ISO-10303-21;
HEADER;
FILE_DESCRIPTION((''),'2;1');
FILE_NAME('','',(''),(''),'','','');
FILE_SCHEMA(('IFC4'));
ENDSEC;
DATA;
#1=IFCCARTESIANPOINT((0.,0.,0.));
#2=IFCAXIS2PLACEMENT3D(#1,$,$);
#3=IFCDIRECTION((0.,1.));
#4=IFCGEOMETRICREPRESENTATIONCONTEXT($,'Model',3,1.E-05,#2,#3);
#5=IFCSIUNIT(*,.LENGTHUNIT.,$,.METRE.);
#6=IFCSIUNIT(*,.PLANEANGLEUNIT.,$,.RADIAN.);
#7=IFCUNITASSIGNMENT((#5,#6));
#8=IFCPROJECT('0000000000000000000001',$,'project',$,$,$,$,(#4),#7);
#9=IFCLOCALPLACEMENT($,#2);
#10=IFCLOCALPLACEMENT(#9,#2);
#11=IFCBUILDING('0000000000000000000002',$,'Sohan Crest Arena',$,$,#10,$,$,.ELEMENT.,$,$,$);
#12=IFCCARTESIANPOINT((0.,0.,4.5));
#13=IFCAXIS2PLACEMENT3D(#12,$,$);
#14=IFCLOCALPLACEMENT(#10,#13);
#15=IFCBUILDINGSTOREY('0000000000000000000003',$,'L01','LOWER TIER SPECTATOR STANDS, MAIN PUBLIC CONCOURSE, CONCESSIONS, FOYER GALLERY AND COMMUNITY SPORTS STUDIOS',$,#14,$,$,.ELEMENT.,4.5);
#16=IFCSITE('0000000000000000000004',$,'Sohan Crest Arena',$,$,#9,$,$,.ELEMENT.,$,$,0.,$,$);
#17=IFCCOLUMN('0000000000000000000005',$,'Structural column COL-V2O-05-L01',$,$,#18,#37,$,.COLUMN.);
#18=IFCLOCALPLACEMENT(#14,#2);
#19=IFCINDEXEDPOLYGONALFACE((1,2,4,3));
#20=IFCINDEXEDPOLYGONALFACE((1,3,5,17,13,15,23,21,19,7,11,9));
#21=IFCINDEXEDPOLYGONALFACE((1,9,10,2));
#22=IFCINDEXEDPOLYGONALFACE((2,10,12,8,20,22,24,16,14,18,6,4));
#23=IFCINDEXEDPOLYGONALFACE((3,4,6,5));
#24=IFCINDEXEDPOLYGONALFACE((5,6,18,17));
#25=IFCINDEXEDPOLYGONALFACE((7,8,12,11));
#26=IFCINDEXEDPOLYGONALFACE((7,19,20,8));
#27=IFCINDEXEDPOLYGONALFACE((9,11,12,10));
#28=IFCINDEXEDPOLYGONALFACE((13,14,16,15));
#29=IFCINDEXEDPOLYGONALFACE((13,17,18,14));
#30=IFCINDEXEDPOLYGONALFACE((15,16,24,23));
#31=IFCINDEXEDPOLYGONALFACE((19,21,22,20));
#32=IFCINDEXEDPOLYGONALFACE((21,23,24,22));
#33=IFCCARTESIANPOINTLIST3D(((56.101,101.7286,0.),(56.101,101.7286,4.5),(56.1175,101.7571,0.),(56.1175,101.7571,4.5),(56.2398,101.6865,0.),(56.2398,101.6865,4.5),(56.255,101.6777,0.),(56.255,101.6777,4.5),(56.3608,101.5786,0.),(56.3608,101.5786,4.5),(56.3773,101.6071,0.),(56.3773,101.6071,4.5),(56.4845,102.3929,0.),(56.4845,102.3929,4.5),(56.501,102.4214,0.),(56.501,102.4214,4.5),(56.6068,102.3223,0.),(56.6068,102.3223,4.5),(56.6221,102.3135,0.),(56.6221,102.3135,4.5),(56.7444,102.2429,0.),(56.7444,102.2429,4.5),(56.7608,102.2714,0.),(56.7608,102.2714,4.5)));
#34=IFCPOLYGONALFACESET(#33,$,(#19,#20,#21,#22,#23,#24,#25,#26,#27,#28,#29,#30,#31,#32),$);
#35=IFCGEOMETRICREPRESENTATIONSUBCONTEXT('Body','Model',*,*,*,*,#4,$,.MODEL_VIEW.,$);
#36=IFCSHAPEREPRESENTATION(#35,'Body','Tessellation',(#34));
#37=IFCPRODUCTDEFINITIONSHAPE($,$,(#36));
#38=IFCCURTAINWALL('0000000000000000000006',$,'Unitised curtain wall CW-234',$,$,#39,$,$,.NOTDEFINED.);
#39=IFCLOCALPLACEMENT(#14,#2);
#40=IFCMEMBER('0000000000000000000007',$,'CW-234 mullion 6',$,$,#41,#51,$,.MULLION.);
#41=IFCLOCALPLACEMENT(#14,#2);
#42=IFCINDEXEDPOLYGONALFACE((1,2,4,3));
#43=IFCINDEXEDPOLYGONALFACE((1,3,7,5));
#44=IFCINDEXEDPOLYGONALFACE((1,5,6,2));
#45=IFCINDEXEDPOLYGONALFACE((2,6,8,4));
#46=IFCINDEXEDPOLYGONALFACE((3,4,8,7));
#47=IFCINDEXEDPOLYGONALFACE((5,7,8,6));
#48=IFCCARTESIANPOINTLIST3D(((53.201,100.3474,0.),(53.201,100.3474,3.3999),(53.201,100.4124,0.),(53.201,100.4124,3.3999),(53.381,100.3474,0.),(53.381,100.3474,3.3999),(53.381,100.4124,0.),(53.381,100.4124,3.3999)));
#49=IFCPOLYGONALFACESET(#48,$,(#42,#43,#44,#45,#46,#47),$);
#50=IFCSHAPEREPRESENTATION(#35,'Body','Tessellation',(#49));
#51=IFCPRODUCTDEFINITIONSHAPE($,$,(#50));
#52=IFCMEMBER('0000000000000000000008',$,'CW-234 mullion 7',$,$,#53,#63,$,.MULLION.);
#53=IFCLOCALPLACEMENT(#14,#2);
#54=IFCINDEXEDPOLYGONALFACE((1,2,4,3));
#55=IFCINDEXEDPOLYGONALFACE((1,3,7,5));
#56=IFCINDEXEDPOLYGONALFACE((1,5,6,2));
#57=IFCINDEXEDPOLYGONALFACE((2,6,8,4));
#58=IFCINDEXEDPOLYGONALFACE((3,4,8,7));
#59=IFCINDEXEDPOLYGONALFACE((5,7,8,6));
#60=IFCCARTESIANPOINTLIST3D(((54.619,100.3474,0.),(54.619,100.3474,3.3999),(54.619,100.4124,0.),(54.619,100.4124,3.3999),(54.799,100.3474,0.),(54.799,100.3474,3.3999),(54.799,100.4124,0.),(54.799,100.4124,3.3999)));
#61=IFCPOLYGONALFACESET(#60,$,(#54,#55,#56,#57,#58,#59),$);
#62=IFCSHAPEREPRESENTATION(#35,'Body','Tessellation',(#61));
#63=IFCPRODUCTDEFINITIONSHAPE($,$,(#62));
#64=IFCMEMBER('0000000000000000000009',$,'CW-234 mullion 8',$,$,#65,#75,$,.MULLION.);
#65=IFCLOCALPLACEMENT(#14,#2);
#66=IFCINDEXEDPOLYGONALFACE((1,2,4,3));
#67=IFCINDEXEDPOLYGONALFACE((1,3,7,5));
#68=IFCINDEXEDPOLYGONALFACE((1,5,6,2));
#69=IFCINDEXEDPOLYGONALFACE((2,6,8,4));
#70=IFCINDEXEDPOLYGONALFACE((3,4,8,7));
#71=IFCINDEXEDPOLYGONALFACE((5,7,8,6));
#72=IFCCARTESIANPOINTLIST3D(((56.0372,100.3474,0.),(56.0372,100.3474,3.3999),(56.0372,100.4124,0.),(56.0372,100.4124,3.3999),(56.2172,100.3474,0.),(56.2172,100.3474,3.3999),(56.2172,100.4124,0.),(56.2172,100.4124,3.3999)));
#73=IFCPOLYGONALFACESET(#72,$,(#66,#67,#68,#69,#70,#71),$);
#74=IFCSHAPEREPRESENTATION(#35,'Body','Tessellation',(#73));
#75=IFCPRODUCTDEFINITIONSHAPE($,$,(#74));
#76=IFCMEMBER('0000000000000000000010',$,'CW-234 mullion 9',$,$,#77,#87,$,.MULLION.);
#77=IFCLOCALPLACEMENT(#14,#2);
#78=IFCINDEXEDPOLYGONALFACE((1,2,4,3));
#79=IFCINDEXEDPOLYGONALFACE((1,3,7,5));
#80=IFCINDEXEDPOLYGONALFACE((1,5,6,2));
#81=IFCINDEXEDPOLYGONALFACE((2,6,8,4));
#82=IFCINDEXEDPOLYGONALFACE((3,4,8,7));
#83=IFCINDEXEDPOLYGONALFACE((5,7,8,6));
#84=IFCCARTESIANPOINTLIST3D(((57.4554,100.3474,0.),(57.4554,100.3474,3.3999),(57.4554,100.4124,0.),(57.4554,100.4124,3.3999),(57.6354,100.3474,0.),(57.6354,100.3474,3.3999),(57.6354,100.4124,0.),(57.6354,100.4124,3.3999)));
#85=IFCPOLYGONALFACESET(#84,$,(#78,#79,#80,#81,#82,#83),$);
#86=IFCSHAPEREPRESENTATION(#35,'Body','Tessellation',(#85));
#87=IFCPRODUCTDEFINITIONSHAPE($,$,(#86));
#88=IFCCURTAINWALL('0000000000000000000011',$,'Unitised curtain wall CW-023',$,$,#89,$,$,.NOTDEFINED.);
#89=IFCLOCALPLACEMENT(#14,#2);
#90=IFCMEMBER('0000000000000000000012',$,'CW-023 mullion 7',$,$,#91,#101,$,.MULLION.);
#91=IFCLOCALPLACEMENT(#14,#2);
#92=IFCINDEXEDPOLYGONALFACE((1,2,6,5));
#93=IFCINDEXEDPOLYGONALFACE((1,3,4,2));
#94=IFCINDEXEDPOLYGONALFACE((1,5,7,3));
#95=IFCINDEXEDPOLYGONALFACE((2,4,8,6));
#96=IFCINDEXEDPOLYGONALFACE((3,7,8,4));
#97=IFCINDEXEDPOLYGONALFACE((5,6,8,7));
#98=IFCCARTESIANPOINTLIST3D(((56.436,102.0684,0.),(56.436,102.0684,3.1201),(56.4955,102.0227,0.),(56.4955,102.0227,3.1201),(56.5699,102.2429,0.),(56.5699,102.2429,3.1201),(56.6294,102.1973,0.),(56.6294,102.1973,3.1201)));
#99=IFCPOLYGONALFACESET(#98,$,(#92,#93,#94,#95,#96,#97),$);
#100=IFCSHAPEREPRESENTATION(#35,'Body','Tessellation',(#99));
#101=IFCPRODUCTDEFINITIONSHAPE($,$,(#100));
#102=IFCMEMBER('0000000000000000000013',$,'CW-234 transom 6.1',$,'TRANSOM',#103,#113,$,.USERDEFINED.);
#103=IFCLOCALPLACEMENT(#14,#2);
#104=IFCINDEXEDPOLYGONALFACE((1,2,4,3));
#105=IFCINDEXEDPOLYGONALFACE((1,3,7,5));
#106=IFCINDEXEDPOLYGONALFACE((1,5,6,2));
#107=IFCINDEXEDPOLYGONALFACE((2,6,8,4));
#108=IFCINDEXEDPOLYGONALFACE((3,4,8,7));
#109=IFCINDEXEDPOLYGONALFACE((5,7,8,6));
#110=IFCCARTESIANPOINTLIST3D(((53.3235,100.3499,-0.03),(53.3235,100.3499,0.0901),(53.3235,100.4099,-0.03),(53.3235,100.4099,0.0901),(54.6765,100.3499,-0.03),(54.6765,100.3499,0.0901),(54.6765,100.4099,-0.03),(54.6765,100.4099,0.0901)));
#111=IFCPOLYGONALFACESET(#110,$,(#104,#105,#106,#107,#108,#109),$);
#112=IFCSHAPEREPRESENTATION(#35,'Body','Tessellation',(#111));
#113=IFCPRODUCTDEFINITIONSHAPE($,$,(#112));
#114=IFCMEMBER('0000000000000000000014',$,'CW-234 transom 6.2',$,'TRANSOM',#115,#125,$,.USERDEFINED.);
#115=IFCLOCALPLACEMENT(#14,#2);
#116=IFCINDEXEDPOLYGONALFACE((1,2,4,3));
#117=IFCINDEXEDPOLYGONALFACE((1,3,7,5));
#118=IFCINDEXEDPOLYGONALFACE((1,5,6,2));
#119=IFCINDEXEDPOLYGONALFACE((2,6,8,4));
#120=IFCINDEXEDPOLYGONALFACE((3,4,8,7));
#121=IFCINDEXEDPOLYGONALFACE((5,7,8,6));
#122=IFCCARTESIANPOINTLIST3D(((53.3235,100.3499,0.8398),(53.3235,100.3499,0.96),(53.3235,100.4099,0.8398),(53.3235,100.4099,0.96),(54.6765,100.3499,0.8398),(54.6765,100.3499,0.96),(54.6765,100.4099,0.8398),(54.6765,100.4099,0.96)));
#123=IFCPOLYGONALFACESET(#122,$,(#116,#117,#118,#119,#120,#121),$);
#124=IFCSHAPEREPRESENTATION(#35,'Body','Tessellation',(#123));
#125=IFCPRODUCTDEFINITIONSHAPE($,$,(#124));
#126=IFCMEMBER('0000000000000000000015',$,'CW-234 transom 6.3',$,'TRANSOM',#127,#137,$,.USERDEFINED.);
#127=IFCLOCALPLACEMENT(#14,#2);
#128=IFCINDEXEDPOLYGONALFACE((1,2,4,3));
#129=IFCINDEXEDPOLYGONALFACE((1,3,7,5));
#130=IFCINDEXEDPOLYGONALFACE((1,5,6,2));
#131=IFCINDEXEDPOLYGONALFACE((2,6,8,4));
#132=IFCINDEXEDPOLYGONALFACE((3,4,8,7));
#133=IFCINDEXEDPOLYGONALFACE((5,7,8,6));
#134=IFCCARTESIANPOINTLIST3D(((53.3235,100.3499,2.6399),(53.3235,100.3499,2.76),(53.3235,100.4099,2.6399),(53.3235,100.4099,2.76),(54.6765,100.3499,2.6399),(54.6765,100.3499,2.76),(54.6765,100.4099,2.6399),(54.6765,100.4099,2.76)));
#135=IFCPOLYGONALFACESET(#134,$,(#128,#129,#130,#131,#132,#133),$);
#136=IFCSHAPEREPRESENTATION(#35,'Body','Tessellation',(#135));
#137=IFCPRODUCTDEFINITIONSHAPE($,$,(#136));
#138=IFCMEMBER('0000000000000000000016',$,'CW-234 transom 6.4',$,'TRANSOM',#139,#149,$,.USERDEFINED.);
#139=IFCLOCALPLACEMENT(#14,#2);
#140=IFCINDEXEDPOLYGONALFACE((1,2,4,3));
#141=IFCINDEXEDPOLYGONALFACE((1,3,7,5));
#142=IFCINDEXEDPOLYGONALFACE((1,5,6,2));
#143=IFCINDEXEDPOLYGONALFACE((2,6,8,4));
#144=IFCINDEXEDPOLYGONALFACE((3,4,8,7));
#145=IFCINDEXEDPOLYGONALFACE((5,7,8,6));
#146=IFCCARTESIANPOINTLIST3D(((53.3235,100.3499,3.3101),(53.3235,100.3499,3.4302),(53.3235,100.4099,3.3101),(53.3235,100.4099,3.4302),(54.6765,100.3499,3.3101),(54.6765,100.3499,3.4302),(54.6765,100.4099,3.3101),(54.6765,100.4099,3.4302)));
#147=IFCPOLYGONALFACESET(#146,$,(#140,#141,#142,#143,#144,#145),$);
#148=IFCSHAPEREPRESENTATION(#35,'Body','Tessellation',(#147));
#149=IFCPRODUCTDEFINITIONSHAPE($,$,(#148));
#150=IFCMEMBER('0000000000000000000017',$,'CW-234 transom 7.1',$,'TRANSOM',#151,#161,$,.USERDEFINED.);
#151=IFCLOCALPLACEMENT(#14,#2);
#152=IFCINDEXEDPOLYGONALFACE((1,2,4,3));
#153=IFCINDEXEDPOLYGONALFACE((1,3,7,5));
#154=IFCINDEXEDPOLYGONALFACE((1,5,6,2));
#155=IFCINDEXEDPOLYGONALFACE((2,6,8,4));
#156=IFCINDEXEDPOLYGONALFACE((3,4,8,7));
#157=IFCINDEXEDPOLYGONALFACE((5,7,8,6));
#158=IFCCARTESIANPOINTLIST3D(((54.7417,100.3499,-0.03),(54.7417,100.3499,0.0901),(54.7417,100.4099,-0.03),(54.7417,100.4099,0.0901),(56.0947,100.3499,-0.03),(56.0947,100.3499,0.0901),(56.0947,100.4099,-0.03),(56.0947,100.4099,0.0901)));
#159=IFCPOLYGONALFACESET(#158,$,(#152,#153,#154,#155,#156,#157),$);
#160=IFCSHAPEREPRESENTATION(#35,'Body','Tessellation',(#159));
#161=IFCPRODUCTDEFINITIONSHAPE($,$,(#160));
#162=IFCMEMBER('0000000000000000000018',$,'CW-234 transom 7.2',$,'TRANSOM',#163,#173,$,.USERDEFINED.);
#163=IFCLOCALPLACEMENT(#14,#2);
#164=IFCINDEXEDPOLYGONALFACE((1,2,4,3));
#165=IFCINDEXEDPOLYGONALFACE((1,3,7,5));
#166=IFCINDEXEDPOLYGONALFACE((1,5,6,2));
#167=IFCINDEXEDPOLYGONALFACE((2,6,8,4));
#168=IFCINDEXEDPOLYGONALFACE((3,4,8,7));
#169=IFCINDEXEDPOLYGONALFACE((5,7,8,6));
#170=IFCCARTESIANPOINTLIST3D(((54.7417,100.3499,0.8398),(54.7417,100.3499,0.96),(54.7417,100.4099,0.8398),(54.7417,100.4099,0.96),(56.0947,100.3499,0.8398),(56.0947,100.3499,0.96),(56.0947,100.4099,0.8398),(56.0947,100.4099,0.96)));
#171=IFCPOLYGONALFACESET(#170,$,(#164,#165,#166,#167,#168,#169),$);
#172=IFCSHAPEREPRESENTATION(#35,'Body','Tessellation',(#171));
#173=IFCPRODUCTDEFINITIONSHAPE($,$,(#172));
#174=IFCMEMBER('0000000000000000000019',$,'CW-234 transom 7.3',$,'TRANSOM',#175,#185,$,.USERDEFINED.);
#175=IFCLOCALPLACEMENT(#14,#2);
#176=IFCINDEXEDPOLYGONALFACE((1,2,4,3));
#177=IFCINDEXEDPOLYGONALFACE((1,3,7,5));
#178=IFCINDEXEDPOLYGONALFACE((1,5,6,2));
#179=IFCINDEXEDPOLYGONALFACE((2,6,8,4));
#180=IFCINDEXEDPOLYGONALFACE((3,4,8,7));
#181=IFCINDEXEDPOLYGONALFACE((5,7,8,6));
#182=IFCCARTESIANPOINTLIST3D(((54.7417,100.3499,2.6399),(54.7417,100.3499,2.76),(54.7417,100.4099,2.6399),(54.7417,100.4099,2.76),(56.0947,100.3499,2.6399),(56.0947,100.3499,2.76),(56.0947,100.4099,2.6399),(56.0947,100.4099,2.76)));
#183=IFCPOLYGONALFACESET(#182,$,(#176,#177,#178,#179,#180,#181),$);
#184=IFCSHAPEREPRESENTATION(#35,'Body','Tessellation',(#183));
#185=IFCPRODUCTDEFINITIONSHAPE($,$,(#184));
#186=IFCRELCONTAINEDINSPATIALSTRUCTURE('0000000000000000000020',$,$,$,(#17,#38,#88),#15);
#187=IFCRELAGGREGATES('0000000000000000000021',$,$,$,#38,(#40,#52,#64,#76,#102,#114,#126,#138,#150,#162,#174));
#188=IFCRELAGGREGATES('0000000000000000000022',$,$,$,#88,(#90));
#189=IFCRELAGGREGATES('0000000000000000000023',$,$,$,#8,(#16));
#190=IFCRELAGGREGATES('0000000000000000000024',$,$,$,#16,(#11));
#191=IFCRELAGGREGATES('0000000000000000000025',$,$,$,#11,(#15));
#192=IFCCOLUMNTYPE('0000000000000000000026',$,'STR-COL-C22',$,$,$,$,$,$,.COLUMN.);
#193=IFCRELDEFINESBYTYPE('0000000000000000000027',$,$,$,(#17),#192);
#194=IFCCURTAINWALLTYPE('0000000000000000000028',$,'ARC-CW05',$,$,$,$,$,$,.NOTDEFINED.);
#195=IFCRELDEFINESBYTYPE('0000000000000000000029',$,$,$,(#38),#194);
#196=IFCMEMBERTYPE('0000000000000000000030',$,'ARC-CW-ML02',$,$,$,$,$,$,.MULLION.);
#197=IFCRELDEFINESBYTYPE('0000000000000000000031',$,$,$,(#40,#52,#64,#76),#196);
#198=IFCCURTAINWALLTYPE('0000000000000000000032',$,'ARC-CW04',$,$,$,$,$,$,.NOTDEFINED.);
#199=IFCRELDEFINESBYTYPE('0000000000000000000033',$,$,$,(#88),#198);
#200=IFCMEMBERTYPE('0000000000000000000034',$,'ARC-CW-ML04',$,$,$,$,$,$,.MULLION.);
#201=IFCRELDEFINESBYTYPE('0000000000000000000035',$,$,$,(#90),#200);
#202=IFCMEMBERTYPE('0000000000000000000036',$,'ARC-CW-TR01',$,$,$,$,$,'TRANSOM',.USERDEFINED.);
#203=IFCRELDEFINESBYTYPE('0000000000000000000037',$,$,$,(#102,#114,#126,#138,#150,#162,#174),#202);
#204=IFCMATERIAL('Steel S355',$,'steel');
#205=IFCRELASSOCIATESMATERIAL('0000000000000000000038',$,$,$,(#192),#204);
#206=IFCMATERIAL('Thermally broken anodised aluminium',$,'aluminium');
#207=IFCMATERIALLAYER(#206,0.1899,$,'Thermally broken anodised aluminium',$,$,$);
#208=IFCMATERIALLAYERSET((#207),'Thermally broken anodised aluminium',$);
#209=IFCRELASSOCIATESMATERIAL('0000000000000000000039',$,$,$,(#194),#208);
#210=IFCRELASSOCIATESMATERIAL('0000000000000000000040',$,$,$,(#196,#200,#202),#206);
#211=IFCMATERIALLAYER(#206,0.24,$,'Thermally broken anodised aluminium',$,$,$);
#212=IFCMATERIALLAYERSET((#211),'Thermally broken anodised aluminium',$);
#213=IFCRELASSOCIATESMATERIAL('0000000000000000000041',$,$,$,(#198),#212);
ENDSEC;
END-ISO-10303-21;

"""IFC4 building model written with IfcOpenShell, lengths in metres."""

from ifc_helpers import new_model, si_unit, direction, frame, origin, origin_2d, place, context, subcontext, project, spatial, rectangle, i_section, extrude, material, layer, layer_set, material_profile, profile_set, type_object, element, aggregate, save


model = new_model("IFC4")

# Units and contexts
model_context = context("Model", 3, precision=1e-05, world=origin(), true_north=direction((0.0, 1.0)))
body_context = subcontext(model_context, "Body", "Model", "MODEL_VIEW")
ifc_project = project(units=[si_unit("LENGTHUNIT", "METRE"), si_unit("PLANEANGLEUNIT", "RADIAN")], contexts=[model_context])

# Site, building, storey
site_placement = place(None, origin())
site = spatial("IfcSite", under=ifc_project, at=site_placement, Name="Sohan Crest Arena", CompositionType="ELEMENT", RefElevation=0.0)
building_placement = place(site_placement, origin())
building = spatial("IfcBuilding", under=site, at=building_placement, Name="Sohan Crest Arena", CompositionType="ELEMENT")
storey_placement = place(building_placement, frame((0.0, 0.0, 4.5)))
storey = spatial("IfcBuildingStorey", under=building, at=storey_placement, Name="L01", Description="LOWER TIER SPECTATOR STANDS, MAIN PUBLIC CONCOURSE, CONCESSIONS, FOYER GALLERY AND COMMUNITY SPORTS STUDIOS", CompositionType="ELEMENT", Elevation=4.5)

# Column
ifc_material_1 = material(Name="Steel S355", Category="steel")
ifc_material_profile_1 = material_profile(ifc_material_1, i_section(OverallWidth=0.3, OverallDepth=0.8, WebThickness=0.0176, FlangeThickness=0.033, at=origin_2d()), Name="HEB 800")
ifc_profile_set_1 = profile_set([ifc_material_profile_1], Name="Steel S355")
column_type = type_object("IfcColumnType", Name="STR-COL-C22", PredefinedType="COLUMN", material=ifc_profile_set_1)
column_placement = place(storey_placement, frame((56.4309, 102.0, 0.0), z_axis=(0.0, 0.0, 1.0), x_axis=(-0.866025, 0.5, 0.0)))
element("IfcColumn", 1, at=column_placement, inside=storey, type_object=column_type, Name="Structural column COL-V2O-05-L01", PredefinedType="COLUMN", context=body_context, shape_type="SweptSolid", body=[
    extrude(i_section(OverallWidth=0.3, OverallDepth=0.8, WebThickness=0.0176, FlangeThickness=0.033, at=origin_2d()), origin(), (0.0, 0.0, 1.0), 4.5),
])

# Curtain wall, members
ifc_material_2 = material(Name="Thermally broken anodised aluminium", Category="aluminium")
ifc_layer_1 = layer(ifc_material_2, 0.1899, Name="Thermally broken anodised aluminium")
ifc_layer_set_1 = layer_set([ifc_layer_1], Name="Thermally broken anodised aluminium")
curtain_wall_type_1 = type_object("IfcCurtainWallType", Name="ARC-CW05", PredefinedType="NOTDEFINED", material=ifc_layer_set_1)
curtain_wall_1_placement = place(storey_placement, origin())
curtain_wall_1 = element("IfcCurtainWall", 2, at=curtain_wall_1_placement, inside=storey, type_object=curtain_wall_type_1, Name="Unitised curtain wall CW-234", PredefinedType="NOTDEFINED")
ifc_material_profile_2 = material_profile(ifc_material_2, rectangle(XDim=0.0649, YDim=0.1799, at=origin_2d()), Name="ALU-MULL 65x180")
ifc_profile_set_2 = profile_set([ifc_material_profile_2], Name="Thermally broken anodised aluminium")
member_type_1 = type_object("IfcMemberType", Name="ARC-CW-ML02", PredefinedType="MULLION", material=ifc_profile_set_2)
member_1_placement = place(storey_placement, frame((53.291, 100.3799, 0.0), z_axis=(0.0, 0.0, 1.0), x_axis=(0.0, 1.0, 0.0)))
member_1 = element("IfcMember", 3, at=member_1_placement, type_object=member_type_1, Name="CW-234 mullion 6", PredefinedType="MULLION", context=body_context, shape_type="SweptSolid", body=[
    extrude(rectangle(XDim=0.0649, YDim=0.1799, at=origin_2d()), origin(), (0.0, 0.0, 1.0), 3.3999),
])
member_2_placement = place(storey_placement, frame((54.709, 100.3799, 0.0), z_axis=(0.0, 0.0, 1.0), x_axis=(0.0, 1.0, 0.0)))
member_2 = element("IfcMember", 4, at=member_2_placement, type_object=member_type_1, Name="CW-234 mullion 7", PredefinedType="MULLION", context=body_context, shape_type="SweptSolid", body=[
    extrude(rectangle(XDim=0.0649, YDim=0.1799, at=origin_2d()), origin(), (0.0, 0.0, 1.0), 3.3999),
])
member_3_placement = place(storey_placement, frame((56.1272, 100.3799, 0.0), z_axis=(0.0, 0.0, 1.0), x_axis=(0.0, 1.0, 0.0)))
member_3 = element("IfcMember", 5, at=member_3_placement, type_object=member_type_1, Name="CW-234 mullion 8", PredefinedType="MULLION", context=body_context, shape_type="SweptSolid", body=[
    extrude(rectangle(XDim=0.0649, YDim=0.1799, at=origin_2d()), origin(), (0.0, 0.0, 1.0), 3.3999),
])
member_4_placement = place(storey_placement, frame((57.5454, 100.3799, 0.0), z_axis=(0.0, 0.0, 1.0), x_axis=(0.0, 1.0, 0.0)))
member_4 = element("IfcMember", 6, at=member_4_placement, type_object=member_type_1, Name="CW-234 mullion 9", PredefinedType="MULLION", context=body_context, shape_type="SweptSolid", body=[
    extrude(rectangle(XDim=0.0649, YDim=0.1799, at=origin_2d()), origin(), (0.0, 0.0, 1.0), 3.3999),
])

# Curtain wall, member
ifc_layer_2 = layer(ifc_material_2, 0.24, Name="Thermally broken anodised aluminium")
ifc_layer_set_2 = layer_set([ifc_layer_2], Name="Thermally broken anodised aluminium")
curtain_wall_type_2 = type_object("IfcCurtainWallType", Name="ARC-CW04", PredefinedType="NOTDEFINED", material=ifc_layer_set_2)
curtain_wall_2_placement = place(storey_placement, origin())
curtain_wall_2 = element("IfcCurtainWall", 7, at=curtain_wall_2_placement, inside=storey, type_object=curtain_wall_type_2, Name="Unitised curtain wall CW-023", PredefinedType="NOTDEFINED")
ifc_material_profile_3 = material_profile(ifc_material_2, rectangle(XDim=0.075, YDim=0.22, at=origin_2d()), Name="ALU-MULL 75x220")
ifc_profile_set_3 = profile_set([ifc_material_profile_3], Name="Thermally broken anodised aluminium")
member_type_2 = type_object("IfcMemberType", Name="ARC-CW-ML04", PredefinedType="MULLION", material=ifc_profile_set_3)
member_5_placement = place(storey_placement, frame((56.5327, 102.1328, 0.0), z_axis=(0.0, 0.0, 1.0), x_axis=(0.793351, -0.608765, 0.0)))
member_5 = element("IfcMember", 8, at=member_5_placement, type_object=member_type_2, Name="CW-023 mullion 7", PredefinedType="MULLION", context=body_context, shape_type="SweptSolid", body=[
    extrude(rectangle(XDim=0.075, YDim=0.22, at=origin_2d()), origin(), (0.0, 0.0, 1.0), 3.1201),
])

# Members
ifc_material_profile_4 = material_profile(ifc_material_2, rectangle(XDim=0.0601, YDim=0.1201, at=origin_2d()), Name="ALU-TRAN 60x120")
ifc_profile_set_4 = profile_set([ifc_material_profile_4], Name="Thermally broken anodised aluminium")
member_type_3 = type_object("IfcMemberType", Name="ARC-CW-TR01", ElementType="TRANSOM", PredefinedType="USERDEFINED", material=ifc_profile_set_4)
member_6_placement = place(storey_placement, frame((53.3235, 100.3799, 0.03), z_axis=(1.0, 0.0, 0.0), x_axis=(0.0, 1.0, 0.0)))
member_6 = element("IfcMember", 9, at=member_6_placement, type_object=member_type_3, Name="CW-234 transom 6.1", ObjectType="TRANSOM", PredefinedType="USERDEFINED", context=body_context, shape_type="SweptSolid", body=[
    extrude(rectangle(XDim=0.0601, YDim=0.1201, at=origin_2d()), origin(), (0.0, 0.0, 1.0), 1.353),
])
member_7_placement = place(storey_placement, frame((53.3235, 100.3799, 0.8999), z_axis=(1.0, 0.0, 0.0), x_axis=(0.0, 1.0, 0.0)))
member_7 = element("IfcMember", 10, at=member_7_placement, type_object=member_type_3, Name="CW-234 transom 6.2", ObjectType="TRANSOM", PredefinedType="USERDEFINED", context=body_context, shape_type="SweptSolid", body=[
    extrude(rectangle(XDim=0.0601, YDim=0.1201, at=origin_2d()), origin(), (0.0, 0.0, 1.0), 1.353),
])
member_8_placement = place(storey_placement, frame((53.3235, 100.3799, 2.7), z_axis=(1.0, 0.0, 0.0), x_axis=(0.0, 1.0, 0.0)))
member_8 = element("IfcMember", 11, at=member_8_placement, type_object=member_type_3, Name="CW-234 transom 6.3", ObjectType="TRANSOM", PredefinedType="USERDEFINED", context=body_context, shape_type="SweptSolid", body=[
    extrude(rectangle(XDim=0.0601, YDim=0.1201, at=origin_2d()), origin(), (0.0, 0.0, 1.0), 1.353),
])
member_9_placement = place(storey_placement, frame((53.3235, 100.3799, 3.3701), z_axis=(1.0, 0.0, 0.0), x_axis=(0.0, 1.0, 0.0)))
member_9 = element("IfcMember", 12, at=member_9_placement, type_object=member_type_3, Name="CW-234 transom 6.4", ObjectType="TRANSOM", PredefinedType="USERDEFINED", context=body_context, shape_type="SweptSolid", body=[
    extrude(rectangle(XDim=0.0601, YDim=0.1201, at=origin_2d()), origin(), (0.0, 0.0, 1.0), 1.353),
])
member_10_placement = place(storey_placement, frame((54.7417, 100.3799, 0.03), z_axis=(1.0, 0.0, 0.0), x_axis=(0.0, 1.0, 0.0)))
member_10 = element("IfcMember", 13, at=member_10_placement, type_object=member_type_3, Name="CW-234 transom 7.1", ObjectType="TRANSOM", PredefinedType="USERDEFINED", context=body_context, shape_type="SweptSolid", body=[
    extrude(rectangle(XDim=0.0601, YDim=0.1201, at=origin_2d()), origin(), (0.0, 0.0, 1.0), 1.353),
])
member_11_placement = place(storey_placement, frame((54.7417, 100.3799, 0.8999), z_axis=(1.0, 0.0, 0.0), x_axis=(0.0, 1.0, 0.0)))
member_11 = element("IfcMember", 14, at=member_11_placement, type_object=member_type_3, Name="CW-234 transom 7.2", ObjectType="TRANSOM", PredefinedType="USERDEFINED", context=body_context, shape_type="SweptSolid", body=[
    extrude(rectangle(XDim=0.0601, YDim=0.1201, at=origin_2d()), origin(), (0.0, 0.0, 1.0), 1.353),
])
member_12_placement = place(storey_placement, frame((54.7417, 100.3799, 2.7), z_axis=(1.0, 0.0, 0.0), x_axis=(0.0, 1.0, 0.0)))
member_12 = element("IfcMember", 15, at=member_12_placement, type_object=member_type_3, Name="CW-234 transom 7.3", ObjectType="TRANSOM", PredefinedType="USERDEFINED", context=body_context, shape_type="SweptSolid", body=[
    extrude(rectangle(XDim=0.0601, YDim=0.1201, at=origin_2d()), origin(), (0.0, 0.0, 1.0), 1.353),
])

aggregate(curtain_wall_1, [member_1, member_2, member_3, member_4, member_6, member_7, member_8, member_9, member_10, member_11, member_12])
aggregate(curtain_wall_2, [member_5])

save(model, "model.ifc")
